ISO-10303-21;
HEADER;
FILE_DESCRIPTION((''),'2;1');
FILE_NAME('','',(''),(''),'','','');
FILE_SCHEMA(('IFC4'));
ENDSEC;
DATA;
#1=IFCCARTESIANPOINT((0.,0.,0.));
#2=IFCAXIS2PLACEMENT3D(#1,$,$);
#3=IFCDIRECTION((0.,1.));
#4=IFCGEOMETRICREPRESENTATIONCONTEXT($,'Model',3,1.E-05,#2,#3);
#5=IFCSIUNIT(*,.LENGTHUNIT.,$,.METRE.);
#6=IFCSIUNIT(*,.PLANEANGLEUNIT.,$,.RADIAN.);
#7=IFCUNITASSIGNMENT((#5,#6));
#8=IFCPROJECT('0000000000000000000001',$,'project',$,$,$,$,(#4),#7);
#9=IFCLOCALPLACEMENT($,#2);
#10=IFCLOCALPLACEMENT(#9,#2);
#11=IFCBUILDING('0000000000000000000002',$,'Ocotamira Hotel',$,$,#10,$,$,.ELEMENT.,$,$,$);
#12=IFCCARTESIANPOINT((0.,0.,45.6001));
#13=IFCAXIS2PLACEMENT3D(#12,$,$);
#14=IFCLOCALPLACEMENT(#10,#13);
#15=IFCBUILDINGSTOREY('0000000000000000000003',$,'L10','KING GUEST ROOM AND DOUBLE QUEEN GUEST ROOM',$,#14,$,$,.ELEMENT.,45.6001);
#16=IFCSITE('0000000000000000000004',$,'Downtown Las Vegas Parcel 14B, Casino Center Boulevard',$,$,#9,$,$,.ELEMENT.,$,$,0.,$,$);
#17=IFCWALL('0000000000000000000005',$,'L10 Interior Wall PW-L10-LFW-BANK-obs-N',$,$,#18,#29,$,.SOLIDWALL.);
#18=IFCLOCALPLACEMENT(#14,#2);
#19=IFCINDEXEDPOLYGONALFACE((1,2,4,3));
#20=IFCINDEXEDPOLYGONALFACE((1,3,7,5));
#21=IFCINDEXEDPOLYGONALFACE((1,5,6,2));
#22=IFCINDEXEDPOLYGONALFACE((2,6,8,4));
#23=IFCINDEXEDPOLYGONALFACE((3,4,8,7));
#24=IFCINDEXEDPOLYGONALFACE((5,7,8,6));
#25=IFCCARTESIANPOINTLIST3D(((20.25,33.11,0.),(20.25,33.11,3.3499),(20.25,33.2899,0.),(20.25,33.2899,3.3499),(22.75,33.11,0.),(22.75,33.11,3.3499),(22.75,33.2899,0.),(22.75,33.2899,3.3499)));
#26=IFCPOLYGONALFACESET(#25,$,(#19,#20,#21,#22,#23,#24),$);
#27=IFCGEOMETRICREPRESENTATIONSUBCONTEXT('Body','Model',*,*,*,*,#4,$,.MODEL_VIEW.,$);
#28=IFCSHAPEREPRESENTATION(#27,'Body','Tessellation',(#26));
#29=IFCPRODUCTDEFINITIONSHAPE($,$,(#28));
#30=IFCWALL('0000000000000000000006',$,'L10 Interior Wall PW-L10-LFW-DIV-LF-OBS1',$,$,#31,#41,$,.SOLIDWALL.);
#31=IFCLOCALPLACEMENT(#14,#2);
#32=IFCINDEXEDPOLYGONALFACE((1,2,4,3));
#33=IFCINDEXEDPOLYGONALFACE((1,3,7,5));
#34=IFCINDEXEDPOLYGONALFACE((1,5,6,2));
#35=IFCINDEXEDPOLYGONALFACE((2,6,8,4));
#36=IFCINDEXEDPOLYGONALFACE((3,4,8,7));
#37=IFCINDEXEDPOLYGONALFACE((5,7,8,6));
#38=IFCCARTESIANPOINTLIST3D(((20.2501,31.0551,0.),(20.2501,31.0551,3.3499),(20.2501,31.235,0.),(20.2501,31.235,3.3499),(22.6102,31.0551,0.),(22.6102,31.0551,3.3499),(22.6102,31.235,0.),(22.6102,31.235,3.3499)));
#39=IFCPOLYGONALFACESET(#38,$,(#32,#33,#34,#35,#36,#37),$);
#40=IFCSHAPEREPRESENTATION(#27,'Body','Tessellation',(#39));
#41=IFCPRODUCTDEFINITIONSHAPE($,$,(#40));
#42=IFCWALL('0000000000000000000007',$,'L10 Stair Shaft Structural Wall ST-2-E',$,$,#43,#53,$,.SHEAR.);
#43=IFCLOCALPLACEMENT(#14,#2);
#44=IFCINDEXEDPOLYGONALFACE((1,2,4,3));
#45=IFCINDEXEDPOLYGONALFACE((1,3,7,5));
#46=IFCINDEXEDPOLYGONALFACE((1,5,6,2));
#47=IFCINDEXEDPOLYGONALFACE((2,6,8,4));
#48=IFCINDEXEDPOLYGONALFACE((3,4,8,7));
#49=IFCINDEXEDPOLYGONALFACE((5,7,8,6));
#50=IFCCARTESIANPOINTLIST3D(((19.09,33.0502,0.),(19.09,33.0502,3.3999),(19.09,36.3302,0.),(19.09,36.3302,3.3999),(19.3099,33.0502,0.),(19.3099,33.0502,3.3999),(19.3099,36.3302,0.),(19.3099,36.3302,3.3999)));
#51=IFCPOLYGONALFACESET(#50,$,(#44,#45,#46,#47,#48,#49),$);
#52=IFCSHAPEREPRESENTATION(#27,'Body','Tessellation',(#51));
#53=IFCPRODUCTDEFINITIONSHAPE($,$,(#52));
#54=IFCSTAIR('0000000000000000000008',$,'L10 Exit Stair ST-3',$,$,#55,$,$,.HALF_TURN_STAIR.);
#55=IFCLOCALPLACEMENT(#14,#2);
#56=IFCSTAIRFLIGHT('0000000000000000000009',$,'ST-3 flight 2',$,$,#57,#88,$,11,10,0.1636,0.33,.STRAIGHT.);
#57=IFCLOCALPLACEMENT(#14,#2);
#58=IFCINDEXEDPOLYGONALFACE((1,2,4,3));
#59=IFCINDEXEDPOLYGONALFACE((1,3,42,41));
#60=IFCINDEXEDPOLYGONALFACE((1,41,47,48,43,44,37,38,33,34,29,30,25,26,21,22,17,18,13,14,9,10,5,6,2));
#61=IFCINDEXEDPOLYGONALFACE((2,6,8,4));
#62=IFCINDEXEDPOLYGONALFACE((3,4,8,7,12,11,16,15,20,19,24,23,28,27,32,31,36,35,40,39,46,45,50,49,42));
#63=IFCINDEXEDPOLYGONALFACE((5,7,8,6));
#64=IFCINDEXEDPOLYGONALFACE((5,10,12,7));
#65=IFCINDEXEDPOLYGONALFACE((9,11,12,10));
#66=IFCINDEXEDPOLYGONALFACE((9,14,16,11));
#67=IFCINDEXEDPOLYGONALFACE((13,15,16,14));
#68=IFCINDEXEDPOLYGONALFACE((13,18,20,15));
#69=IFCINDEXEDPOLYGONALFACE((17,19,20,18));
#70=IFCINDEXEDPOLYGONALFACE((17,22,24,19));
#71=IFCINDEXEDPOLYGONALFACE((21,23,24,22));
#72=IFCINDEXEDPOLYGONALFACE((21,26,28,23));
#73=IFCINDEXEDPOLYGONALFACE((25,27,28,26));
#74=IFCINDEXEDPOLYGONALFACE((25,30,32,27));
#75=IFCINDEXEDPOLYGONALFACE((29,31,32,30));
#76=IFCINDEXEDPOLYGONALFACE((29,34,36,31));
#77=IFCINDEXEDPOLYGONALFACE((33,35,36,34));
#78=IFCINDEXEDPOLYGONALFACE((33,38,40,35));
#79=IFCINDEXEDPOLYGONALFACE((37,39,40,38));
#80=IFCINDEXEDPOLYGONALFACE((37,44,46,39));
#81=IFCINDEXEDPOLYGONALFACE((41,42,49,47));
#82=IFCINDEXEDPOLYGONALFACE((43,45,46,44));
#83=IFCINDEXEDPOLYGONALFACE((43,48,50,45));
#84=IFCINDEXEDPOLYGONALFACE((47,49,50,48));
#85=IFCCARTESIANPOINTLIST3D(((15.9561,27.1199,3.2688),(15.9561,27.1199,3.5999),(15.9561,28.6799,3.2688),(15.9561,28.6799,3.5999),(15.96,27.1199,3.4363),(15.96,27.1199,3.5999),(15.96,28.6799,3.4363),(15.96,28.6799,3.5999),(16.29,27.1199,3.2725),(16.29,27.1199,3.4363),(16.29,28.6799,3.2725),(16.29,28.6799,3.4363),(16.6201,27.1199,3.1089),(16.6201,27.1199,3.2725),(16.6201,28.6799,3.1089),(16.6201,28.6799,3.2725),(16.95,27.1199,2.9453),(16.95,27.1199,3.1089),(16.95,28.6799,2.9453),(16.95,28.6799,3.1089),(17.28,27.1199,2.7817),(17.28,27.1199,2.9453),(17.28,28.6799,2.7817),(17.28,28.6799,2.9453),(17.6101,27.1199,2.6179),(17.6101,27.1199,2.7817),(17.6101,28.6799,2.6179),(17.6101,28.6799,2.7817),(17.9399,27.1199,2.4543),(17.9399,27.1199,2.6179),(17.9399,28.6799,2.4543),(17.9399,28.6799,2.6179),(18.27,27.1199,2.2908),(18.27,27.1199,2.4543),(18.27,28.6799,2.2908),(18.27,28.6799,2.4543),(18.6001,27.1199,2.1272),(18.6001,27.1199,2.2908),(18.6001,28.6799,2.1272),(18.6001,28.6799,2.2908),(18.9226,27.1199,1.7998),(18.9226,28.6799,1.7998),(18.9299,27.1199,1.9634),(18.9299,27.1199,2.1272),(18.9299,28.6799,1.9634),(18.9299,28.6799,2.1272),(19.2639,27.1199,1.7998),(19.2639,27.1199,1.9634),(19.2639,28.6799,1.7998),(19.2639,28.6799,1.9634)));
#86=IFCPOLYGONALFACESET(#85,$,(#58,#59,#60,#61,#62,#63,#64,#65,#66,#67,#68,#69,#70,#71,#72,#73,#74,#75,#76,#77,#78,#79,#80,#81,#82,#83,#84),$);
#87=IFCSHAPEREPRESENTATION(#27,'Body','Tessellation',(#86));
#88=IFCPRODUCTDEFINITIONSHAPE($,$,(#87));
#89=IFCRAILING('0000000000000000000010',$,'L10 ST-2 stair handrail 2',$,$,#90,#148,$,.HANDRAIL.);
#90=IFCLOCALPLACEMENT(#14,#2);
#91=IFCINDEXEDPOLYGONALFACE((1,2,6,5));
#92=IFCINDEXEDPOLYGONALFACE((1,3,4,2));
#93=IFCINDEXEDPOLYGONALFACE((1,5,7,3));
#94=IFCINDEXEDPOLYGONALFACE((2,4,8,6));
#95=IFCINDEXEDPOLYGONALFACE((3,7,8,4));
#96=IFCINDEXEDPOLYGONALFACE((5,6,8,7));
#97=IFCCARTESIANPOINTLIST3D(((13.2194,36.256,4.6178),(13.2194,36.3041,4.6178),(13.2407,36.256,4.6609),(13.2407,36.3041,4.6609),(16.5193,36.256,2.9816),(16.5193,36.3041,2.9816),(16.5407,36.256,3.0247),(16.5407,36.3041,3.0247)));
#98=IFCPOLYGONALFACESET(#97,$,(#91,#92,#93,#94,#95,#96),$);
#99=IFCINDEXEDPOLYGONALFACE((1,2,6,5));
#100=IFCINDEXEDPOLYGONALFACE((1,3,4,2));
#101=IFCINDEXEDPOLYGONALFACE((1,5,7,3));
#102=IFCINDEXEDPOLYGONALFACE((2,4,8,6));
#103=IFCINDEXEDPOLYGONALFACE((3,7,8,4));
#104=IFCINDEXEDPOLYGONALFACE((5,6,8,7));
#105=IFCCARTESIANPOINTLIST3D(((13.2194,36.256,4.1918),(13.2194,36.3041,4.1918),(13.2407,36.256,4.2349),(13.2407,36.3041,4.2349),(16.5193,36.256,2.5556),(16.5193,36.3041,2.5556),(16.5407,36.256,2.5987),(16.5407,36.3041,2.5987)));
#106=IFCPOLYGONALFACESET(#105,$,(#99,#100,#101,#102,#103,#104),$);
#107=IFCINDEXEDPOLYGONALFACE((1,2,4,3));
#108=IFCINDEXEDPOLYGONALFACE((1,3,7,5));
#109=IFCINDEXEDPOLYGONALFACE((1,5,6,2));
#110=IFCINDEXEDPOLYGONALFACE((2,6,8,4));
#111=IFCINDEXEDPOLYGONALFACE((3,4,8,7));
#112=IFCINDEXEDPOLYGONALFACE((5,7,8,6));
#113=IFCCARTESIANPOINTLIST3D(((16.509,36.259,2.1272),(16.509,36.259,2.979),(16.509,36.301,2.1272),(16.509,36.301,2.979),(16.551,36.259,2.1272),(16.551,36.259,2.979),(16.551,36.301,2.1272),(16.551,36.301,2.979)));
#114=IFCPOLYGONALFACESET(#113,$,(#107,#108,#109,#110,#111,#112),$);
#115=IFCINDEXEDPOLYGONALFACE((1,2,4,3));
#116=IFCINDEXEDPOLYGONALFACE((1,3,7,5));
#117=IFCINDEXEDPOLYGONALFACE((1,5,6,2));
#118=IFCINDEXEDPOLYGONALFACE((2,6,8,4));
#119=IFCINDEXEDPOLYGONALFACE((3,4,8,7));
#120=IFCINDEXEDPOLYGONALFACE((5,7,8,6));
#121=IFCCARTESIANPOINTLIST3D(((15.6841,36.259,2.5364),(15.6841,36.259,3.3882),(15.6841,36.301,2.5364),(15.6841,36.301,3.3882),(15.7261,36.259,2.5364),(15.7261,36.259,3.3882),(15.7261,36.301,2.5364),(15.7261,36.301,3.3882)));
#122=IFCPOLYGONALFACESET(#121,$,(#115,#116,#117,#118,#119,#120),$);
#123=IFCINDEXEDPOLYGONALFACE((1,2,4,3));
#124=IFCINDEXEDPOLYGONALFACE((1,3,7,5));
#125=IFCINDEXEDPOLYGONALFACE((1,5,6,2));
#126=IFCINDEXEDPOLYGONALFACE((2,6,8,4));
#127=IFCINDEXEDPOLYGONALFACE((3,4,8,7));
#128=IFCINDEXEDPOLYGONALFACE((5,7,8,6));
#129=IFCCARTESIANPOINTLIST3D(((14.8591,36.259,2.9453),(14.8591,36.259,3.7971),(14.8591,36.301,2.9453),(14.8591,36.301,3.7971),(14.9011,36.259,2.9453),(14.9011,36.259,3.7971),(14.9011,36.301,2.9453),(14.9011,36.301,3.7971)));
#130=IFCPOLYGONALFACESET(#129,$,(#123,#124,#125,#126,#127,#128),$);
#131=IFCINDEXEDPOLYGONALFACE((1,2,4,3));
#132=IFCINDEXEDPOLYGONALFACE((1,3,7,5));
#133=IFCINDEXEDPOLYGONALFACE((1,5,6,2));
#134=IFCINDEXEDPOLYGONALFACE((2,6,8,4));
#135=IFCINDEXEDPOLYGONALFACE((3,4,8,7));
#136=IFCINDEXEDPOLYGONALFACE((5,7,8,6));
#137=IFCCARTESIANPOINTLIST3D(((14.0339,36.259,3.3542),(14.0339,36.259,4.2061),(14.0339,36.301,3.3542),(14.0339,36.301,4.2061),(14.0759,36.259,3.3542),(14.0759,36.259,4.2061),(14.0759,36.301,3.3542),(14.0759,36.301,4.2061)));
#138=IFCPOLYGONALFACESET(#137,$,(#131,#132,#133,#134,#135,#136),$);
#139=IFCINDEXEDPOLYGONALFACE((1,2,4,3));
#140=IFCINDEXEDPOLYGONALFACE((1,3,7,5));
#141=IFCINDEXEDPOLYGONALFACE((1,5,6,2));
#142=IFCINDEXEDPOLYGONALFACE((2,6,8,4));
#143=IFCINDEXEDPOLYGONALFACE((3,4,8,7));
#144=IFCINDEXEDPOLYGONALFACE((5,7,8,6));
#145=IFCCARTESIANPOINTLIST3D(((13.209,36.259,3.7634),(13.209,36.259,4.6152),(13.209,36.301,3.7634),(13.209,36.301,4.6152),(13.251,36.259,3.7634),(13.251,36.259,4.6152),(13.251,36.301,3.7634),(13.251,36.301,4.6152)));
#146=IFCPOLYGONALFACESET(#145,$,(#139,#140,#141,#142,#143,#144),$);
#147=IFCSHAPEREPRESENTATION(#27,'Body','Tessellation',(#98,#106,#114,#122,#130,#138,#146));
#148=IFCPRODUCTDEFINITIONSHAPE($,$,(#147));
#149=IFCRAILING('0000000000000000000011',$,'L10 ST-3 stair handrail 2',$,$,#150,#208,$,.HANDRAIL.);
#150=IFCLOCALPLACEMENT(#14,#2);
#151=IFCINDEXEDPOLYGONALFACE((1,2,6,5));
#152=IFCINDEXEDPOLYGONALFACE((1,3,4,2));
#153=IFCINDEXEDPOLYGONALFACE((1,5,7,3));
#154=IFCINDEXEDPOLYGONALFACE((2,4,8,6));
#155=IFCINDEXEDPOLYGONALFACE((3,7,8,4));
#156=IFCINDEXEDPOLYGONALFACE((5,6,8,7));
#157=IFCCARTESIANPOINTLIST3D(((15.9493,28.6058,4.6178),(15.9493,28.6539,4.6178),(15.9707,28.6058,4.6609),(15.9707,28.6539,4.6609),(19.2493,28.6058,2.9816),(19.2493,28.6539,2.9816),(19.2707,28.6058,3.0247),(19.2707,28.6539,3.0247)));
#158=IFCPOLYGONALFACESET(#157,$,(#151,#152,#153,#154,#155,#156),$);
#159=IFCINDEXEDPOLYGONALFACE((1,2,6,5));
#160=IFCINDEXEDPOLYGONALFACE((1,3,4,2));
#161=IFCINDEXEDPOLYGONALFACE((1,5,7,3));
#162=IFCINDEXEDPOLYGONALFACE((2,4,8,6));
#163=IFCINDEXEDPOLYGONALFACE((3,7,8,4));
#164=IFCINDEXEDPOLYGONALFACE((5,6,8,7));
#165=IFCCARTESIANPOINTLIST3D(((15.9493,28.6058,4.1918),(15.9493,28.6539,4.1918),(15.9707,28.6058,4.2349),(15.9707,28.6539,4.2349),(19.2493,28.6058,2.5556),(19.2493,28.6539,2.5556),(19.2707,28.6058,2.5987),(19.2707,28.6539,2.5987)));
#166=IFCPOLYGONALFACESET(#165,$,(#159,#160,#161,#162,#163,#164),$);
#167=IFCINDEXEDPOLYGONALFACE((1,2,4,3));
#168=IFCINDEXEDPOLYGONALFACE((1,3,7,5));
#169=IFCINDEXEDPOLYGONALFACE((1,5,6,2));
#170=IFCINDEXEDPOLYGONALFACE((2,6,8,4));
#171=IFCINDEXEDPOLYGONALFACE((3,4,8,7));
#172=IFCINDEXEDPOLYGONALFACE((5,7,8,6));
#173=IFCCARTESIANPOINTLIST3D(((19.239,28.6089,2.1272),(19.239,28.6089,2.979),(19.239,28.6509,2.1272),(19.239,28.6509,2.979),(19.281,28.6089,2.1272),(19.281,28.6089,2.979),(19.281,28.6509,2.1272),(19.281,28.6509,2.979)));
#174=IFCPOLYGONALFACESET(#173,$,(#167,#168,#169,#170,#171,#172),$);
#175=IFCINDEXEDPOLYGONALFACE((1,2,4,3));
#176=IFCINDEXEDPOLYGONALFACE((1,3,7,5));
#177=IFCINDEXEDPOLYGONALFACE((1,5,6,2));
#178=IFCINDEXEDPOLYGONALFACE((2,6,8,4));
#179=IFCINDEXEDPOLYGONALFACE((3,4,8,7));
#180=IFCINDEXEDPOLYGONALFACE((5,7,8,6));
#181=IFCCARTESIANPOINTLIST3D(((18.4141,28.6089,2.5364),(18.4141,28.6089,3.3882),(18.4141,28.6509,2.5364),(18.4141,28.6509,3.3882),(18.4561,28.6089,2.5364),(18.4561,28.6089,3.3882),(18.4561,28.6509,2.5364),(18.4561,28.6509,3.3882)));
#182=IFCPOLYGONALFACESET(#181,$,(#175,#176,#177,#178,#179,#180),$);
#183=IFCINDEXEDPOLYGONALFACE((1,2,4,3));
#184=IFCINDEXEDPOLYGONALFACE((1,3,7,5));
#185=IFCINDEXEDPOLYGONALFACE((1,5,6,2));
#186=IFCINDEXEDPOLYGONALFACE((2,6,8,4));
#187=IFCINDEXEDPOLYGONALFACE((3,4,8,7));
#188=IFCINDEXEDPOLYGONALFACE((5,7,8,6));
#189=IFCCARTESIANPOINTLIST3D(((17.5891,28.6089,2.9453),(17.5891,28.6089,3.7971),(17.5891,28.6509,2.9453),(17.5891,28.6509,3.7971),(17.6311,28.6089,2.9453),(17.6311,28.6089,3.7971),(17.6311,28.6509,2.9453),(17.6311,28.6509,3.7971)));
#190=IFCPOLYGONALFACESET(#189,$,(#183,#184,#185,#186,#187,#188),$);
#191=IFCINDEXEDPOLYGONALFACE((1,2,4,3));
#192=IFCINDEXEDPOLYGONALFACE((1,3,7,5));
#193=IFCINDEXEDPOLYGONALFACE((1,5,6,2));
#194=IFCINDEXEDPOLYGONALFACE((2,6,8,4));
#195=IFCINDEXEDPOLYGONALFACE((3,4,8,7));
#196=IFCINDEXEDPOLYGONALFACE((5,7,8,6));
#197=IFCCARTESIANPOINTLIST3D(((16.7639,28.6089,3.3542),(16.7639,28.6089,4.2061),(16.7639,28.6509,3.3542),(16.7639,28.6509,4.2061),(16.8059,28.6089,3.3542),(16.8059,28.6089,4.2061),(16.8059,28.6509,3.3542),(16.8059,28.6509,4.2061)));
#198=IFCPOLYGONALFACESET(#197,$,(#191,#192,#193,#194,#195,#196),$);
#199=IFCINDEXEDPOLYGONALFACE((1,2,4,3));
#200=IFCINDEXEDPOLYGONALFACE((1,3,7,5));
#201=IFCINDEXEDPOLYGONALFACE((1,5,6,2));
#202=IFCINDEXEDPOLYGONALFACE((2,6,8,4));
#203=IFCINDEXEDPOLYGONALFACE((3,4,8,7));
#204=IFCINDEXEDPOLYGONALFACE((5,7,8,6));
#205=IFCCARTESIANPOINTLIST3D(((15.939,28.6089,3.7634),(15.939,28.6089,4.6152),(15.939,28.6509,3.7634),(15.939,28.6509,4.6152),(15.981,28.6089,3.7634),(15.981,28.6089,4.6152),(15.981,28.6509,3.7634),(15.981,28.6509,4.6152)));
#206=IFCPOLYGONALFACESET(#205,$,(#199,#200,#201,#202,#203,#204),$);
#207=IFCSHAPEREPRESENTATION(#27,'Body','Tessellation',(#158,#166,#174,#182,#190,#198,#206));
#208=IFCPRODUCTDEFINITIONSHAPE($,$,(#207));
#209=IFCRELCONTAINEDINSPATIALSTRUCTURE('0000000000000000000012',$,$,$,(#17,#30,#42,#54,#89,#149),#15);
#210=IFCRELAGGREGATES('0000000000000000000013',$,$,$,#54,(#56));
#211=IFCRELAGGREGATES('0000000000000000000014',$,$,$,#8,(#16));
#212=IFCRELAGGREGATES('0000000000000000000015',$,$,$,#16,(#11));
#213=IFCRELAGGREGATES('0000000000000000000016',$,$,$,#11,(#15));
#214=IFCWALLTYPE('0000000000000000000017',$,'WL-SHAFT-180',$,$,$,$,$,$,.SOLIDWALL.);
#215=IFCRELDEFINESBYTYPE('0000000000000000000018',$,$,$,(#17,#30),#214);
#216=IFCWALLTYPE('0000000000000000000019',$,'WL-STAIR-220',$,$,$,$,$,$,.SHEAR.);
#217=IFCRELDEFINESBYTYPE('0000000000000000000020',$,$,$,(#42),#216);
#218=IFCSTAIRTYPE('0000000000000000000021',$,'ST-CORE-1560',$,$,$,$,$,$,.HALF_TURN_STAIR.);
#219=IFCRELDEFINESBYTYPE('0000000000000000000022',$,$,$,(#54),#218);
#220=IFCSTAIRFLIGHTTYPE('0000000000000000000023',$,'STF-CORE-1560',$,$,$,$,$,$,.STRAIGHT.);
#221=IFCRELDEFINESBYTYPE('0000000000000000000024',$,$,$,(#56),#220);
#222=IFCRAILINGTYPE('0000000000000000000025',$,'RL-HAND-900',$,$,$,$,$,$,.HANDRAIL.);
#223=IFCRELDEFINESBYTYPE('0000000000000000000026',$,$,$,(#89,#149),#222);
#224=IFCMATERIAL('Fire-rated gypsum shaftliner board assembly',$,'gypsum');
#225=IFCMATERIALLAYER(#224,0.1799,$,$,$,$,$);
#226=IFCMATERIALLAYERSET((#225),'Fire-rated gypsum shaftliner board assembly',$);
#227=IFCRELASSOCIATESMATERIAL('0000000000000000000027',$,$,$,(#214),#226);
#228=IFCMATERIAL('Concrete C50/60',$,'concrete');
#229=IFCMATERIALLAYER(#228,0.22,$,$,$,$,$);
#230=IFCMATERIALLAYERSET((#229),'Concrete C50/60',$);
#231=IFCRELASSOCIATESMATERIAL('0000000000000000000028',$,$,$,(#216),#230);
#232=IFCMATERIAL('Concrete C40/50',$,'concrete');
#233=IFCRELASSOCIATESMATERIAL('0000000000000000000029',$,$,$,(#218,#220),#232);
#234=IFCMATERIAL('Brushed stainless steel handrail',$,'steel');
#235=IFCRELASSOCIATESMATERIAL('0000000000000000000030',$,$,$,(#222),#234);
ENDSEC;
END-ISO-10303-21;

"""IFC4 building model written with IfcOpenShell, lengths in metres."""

from ifc_helpers import new_model, si_unit, direction, frame, frame_2d, origin, origin_2d, place, context, subcontext, project, spatial, polyline, rectangle, outline, extrude, source, transform, mapped, material, layer, layer_set, type_object, element, aggregate, save


model = new_model("IFC4")

# Units and contexts
model_context = context("Model", 3, precision=1e-05, world=origin(), true_north=direction((0.0, 1.0)))
body_context = subcontext(model_context, "Body", "Model", "MODEL_VIEW")
ifc_project = project(units=[si_unit("LENGTHUNIT", "METRE"), si_unit("PLANEANGLEUNIT", "RADIAN")], contexts=[model_context])

# Site, building, storey
site_placement = place(None, origin())
site = spatial("IfcSite", under=ifc_project, at=site_placement, Name="Downtown Las Vegas Parcel 14B, Casino Center Boulevard", CompositionType="ELEMENT", RefElevation=0.0)
building_placement = place(site_placement, origin())
building = spatial("IfcBuilding", under=site, at=building_placement, Name="Ocotamira Hotel", CompositionType="ELEMENT")
storey_placement = place(building_placement, frame((0.0, 0.0, 45.6001)))
storey = spatial("IfcBuildingStorey", under=building, at=storey_placement, Name="L10", Description="KING GUEST ROOM AND DOUBLE QUEEN GUEST ROOM", CompositionType="ELEMENT", Elevation=45.6001)

# Walls
ifc_material_1 = material(Name="Fire-rated gypsum shaftliner board assembly", Category="gypsum")
ifc_layer_1 = layer(ifc_material_1, 0.1799)
ifc_layer_set_1 = layer_set([ifc_layer_1], Name="Fire-rated gypsum shaftliner board assembly")
wall_type_1 = type_object("IfcWallType", Name="WL-SHAFT-180", PredefinedType="SOLIDWALL", material=ifc_layer_set_1)
wall_1_placement = place(storey_placement, frame((20.25, 33.2, 0.0), z_axis=(0.0, 0.0, 1.0), x_axis=(1.0, 0.0, 0.0)))
element("IfcWall", 1, at=wall_1_placement, inside=storey, type_object=wall_type_1, Name="L10 Interior Wall PW-L10-LFW-BANK-obs-N", PredefinedType="SOLIDWALL", context=body_context, shape_type="SweptSolid", body=[
    extrude(rectangle(XDim=2.5, YDim=0.1799, at=frame_2d((1.25, 0.0))), origin(), (0.0, 0.0, 1.0), 3.3499),
])
wall_2_placement = place(storey_placement, frame((20.25, 31.145, 0.0), z_axis=(0.0, 0.0, 1.0), x_axis=(1.0, 0.0, 0.0)))
element("IfcWall", 2, at=wall_2_placement, inside=storey, type_object=wall_type_1, Name="L10 Interior Wall PW-L10-LFW-DIV-LF-OBS1", PredefinedType="SOLIDWALL", context=body_context, shape_type="SweptSolid", body=[
    extrude(rectangle(XDim=2.3601, YDim=0.1799, at=frame_2d((1.1802, 0.0))), origin(), (0.0, 0.0, 1.0), 3.3499),
])
ifc_material_2 = material(Name="Concrete C50/60", Category="concrete")
ifc_layer_2 = layer(ifc_material_2, 0.22)
ifc_layer_set_2 = layer_set([ifc_layer_2], Name="Concrete C50/60")
wall_type_2 = type_object("IfcWallType", Name="WL-STAIR-220", PredefinedType="SHEAR", material=ifc_layer_set_2)
wall_3_placement = place(storey_placement, frame((19.2, 33.05, 0.0), z_axis=(0.0, 0.0, 1.0), x_axis=(0.0, 1.0, 0.0)))
element("IfcWall", 3, at=wall_3_placement, inside=storey, type_object=wall_type_2, Name="L10 Stair Shaft Structural Wall ST-2-E", PredefinedType="SHEAR", context=body_context, shape_type="SweptSolid", body=[
    extrude(rectangle(XDim=3.28, YDim=0.22, at=frame_2d((1.6401, 0.0))), origin(), (0.0, 0.0, 1.0), 3.3999),
])

# Stair, stair flight
ifc_material_3 = material(Name="Concrete C40/50", Category="concrete")
stair_type = type_object("IfcStairType", Name="ST-CORE-1560", PredefinedType="HALF_TURN_STAIR", material=ifc_material_3)
stair_placement = place(storey_placement, origin())
stair = element("IfcStair", 4, at=stair_placement, inside=storey, type_object=stair_type, Name="L10 Exit Stair ST-3", PredefinedType="HALF_TURN_STAIR")
stair_flight_type = type_object("IfcStairFlightType", Name="STF-CORE-1560", PredefinedType="STRAIGHT", material=ifc_material_3)
shared_shape_1 = source(origin(), body_context, "Body", "SweptSolid", [
    extrude(outline(polyline([(-0.0039, 0.0), (-0.0039, 0.1636), (0.3301, 0.1636), (0.3301, 0.3274), (0.6599, 0.3274), (0.6599, 0.491), (0.99, 0.491), (0.99, 0.6545), (1.3201, 0.6545), (1.3201, 0.8181), (1.6499, 0.8181), (1.6499, 0.9819), (1.98, 0.9819), (1.98, 1.1455), (2.3101, 1.1455), (2.3101, 1.3091), (2.6399, 1.3091), (2.6399, 1.4727), (2.97, 1.4727), (2.97, 1.6365), (3.3, 1.6365), (3.3, 1.8), (3.304, 1.8), (3.304, 1.469), (0.3374, 0.0), (-0.0039, 0.0)])), frame((0.0, 0.78, 0.0), z_axis=(0.0, -1.0, 0.0), x_axis=(1.0, 0.0, 0.0)), (0.0, 0.0, 1.0), 1.5601),
])
stair_flight_placement = place(storey_placement, frame((19.26, 27.8999, 1.7998), z_axis=(0.0, 0.0, 1.0), x_axis=(-1.0, 0.0, 0.0)))
stair_flight = element("IfcStairFlight", 5, at=stair_flight_placement, type_object=stair_flight_type, Name="ST-3 flight 2", NumberOfRisers=11, NumberOfTreads=10, PredefinedType="STRAIGHT", RiserHeight=0.1636, TreadLength=0.33, context=body_context, shape_type="MappedRepresentation", body=[
    mapped(shared_shape_1, transform((0.0, 0.0, 0.0), scale=1.0)),
])
aggregate(stair, [stair_flight])

# Railings
ifc_material_4 = material(Name="Brushed stainless steel handrail", Category="steel")
railing_type_1 = type_object("IfcRailingType", Name="RL-HAND-900", PredefinedType="HANDRAIL", material=ifc_material_4)
for number, where, name in (
    (6, (16.53, 36.28, 2.1272), "L10 ST-2 stair handrail 2"),
    (7, (19.26, 28.6299, 2.1272), "L10 ST-3 stair handrail 2"),
):
    element("IfcRailing", number, at=place(storey_placement, frame(where)), inside=storey, type_object=railing_type_1, Name=name, PredefinedType="HANDRAIL", context=body_context, shape_type="SweptSolid", body=[
        extrude(rectangle(XDim=0.0481, YDim=0.0481, at=origin_2d()), frame((0.0, 0.0, 0.876), z_axis=(-0.89592, 0.0, 0.444215), x_axis=(0.0, -1.0, 0.0)), (0.0, 0.0, 1.0), 3.6833),
        extrude(rectangle(XDim=0.0481, YDim=0.0481, at=origin_2d()), frame((0.0, 0.0, 0.45), z_axis=(-0.89592, 0.0, 0.444215), x_axis=(0.0, -1.0, 0.0)), (0.0, 0.0, 1.0), 3.6833),
        extrude(rectangle(XDim=0.042, YDim=0.042, at=origin_2d()), origin(), (0.0, 0.0, 1.0), 0.8518),
        extrude(rectangle(XDim=0.042, YDim=0.042, at=origin_2d()), frame((-0.825, 0.0, 0.4092)), (0.0, 0.0, 1.0), 0.8518),
        extrude(rectangle(XDim=0.042, YDim=0.042, at=origin_2d()), frame((-1.6499, 0.0, 0.8181)), (0.0, 0.0, 1.0), 0.8518),
        extrude(rectangle(XDim=0.042, YDim=0.042, at=origin_2d()), frame((-2.4751, 0.0, 1.2271)), (0.0, 0.0, 1.0), 0.8518),
        extrude(rectangle(XDim=0.042, YDim=0.042, at=origin_2d()), frame((-3.3, 0.0, 1.6362)), (0.0, 0.0, 1.0), 0.8518),
    ])

save(model, "model.ifc")
